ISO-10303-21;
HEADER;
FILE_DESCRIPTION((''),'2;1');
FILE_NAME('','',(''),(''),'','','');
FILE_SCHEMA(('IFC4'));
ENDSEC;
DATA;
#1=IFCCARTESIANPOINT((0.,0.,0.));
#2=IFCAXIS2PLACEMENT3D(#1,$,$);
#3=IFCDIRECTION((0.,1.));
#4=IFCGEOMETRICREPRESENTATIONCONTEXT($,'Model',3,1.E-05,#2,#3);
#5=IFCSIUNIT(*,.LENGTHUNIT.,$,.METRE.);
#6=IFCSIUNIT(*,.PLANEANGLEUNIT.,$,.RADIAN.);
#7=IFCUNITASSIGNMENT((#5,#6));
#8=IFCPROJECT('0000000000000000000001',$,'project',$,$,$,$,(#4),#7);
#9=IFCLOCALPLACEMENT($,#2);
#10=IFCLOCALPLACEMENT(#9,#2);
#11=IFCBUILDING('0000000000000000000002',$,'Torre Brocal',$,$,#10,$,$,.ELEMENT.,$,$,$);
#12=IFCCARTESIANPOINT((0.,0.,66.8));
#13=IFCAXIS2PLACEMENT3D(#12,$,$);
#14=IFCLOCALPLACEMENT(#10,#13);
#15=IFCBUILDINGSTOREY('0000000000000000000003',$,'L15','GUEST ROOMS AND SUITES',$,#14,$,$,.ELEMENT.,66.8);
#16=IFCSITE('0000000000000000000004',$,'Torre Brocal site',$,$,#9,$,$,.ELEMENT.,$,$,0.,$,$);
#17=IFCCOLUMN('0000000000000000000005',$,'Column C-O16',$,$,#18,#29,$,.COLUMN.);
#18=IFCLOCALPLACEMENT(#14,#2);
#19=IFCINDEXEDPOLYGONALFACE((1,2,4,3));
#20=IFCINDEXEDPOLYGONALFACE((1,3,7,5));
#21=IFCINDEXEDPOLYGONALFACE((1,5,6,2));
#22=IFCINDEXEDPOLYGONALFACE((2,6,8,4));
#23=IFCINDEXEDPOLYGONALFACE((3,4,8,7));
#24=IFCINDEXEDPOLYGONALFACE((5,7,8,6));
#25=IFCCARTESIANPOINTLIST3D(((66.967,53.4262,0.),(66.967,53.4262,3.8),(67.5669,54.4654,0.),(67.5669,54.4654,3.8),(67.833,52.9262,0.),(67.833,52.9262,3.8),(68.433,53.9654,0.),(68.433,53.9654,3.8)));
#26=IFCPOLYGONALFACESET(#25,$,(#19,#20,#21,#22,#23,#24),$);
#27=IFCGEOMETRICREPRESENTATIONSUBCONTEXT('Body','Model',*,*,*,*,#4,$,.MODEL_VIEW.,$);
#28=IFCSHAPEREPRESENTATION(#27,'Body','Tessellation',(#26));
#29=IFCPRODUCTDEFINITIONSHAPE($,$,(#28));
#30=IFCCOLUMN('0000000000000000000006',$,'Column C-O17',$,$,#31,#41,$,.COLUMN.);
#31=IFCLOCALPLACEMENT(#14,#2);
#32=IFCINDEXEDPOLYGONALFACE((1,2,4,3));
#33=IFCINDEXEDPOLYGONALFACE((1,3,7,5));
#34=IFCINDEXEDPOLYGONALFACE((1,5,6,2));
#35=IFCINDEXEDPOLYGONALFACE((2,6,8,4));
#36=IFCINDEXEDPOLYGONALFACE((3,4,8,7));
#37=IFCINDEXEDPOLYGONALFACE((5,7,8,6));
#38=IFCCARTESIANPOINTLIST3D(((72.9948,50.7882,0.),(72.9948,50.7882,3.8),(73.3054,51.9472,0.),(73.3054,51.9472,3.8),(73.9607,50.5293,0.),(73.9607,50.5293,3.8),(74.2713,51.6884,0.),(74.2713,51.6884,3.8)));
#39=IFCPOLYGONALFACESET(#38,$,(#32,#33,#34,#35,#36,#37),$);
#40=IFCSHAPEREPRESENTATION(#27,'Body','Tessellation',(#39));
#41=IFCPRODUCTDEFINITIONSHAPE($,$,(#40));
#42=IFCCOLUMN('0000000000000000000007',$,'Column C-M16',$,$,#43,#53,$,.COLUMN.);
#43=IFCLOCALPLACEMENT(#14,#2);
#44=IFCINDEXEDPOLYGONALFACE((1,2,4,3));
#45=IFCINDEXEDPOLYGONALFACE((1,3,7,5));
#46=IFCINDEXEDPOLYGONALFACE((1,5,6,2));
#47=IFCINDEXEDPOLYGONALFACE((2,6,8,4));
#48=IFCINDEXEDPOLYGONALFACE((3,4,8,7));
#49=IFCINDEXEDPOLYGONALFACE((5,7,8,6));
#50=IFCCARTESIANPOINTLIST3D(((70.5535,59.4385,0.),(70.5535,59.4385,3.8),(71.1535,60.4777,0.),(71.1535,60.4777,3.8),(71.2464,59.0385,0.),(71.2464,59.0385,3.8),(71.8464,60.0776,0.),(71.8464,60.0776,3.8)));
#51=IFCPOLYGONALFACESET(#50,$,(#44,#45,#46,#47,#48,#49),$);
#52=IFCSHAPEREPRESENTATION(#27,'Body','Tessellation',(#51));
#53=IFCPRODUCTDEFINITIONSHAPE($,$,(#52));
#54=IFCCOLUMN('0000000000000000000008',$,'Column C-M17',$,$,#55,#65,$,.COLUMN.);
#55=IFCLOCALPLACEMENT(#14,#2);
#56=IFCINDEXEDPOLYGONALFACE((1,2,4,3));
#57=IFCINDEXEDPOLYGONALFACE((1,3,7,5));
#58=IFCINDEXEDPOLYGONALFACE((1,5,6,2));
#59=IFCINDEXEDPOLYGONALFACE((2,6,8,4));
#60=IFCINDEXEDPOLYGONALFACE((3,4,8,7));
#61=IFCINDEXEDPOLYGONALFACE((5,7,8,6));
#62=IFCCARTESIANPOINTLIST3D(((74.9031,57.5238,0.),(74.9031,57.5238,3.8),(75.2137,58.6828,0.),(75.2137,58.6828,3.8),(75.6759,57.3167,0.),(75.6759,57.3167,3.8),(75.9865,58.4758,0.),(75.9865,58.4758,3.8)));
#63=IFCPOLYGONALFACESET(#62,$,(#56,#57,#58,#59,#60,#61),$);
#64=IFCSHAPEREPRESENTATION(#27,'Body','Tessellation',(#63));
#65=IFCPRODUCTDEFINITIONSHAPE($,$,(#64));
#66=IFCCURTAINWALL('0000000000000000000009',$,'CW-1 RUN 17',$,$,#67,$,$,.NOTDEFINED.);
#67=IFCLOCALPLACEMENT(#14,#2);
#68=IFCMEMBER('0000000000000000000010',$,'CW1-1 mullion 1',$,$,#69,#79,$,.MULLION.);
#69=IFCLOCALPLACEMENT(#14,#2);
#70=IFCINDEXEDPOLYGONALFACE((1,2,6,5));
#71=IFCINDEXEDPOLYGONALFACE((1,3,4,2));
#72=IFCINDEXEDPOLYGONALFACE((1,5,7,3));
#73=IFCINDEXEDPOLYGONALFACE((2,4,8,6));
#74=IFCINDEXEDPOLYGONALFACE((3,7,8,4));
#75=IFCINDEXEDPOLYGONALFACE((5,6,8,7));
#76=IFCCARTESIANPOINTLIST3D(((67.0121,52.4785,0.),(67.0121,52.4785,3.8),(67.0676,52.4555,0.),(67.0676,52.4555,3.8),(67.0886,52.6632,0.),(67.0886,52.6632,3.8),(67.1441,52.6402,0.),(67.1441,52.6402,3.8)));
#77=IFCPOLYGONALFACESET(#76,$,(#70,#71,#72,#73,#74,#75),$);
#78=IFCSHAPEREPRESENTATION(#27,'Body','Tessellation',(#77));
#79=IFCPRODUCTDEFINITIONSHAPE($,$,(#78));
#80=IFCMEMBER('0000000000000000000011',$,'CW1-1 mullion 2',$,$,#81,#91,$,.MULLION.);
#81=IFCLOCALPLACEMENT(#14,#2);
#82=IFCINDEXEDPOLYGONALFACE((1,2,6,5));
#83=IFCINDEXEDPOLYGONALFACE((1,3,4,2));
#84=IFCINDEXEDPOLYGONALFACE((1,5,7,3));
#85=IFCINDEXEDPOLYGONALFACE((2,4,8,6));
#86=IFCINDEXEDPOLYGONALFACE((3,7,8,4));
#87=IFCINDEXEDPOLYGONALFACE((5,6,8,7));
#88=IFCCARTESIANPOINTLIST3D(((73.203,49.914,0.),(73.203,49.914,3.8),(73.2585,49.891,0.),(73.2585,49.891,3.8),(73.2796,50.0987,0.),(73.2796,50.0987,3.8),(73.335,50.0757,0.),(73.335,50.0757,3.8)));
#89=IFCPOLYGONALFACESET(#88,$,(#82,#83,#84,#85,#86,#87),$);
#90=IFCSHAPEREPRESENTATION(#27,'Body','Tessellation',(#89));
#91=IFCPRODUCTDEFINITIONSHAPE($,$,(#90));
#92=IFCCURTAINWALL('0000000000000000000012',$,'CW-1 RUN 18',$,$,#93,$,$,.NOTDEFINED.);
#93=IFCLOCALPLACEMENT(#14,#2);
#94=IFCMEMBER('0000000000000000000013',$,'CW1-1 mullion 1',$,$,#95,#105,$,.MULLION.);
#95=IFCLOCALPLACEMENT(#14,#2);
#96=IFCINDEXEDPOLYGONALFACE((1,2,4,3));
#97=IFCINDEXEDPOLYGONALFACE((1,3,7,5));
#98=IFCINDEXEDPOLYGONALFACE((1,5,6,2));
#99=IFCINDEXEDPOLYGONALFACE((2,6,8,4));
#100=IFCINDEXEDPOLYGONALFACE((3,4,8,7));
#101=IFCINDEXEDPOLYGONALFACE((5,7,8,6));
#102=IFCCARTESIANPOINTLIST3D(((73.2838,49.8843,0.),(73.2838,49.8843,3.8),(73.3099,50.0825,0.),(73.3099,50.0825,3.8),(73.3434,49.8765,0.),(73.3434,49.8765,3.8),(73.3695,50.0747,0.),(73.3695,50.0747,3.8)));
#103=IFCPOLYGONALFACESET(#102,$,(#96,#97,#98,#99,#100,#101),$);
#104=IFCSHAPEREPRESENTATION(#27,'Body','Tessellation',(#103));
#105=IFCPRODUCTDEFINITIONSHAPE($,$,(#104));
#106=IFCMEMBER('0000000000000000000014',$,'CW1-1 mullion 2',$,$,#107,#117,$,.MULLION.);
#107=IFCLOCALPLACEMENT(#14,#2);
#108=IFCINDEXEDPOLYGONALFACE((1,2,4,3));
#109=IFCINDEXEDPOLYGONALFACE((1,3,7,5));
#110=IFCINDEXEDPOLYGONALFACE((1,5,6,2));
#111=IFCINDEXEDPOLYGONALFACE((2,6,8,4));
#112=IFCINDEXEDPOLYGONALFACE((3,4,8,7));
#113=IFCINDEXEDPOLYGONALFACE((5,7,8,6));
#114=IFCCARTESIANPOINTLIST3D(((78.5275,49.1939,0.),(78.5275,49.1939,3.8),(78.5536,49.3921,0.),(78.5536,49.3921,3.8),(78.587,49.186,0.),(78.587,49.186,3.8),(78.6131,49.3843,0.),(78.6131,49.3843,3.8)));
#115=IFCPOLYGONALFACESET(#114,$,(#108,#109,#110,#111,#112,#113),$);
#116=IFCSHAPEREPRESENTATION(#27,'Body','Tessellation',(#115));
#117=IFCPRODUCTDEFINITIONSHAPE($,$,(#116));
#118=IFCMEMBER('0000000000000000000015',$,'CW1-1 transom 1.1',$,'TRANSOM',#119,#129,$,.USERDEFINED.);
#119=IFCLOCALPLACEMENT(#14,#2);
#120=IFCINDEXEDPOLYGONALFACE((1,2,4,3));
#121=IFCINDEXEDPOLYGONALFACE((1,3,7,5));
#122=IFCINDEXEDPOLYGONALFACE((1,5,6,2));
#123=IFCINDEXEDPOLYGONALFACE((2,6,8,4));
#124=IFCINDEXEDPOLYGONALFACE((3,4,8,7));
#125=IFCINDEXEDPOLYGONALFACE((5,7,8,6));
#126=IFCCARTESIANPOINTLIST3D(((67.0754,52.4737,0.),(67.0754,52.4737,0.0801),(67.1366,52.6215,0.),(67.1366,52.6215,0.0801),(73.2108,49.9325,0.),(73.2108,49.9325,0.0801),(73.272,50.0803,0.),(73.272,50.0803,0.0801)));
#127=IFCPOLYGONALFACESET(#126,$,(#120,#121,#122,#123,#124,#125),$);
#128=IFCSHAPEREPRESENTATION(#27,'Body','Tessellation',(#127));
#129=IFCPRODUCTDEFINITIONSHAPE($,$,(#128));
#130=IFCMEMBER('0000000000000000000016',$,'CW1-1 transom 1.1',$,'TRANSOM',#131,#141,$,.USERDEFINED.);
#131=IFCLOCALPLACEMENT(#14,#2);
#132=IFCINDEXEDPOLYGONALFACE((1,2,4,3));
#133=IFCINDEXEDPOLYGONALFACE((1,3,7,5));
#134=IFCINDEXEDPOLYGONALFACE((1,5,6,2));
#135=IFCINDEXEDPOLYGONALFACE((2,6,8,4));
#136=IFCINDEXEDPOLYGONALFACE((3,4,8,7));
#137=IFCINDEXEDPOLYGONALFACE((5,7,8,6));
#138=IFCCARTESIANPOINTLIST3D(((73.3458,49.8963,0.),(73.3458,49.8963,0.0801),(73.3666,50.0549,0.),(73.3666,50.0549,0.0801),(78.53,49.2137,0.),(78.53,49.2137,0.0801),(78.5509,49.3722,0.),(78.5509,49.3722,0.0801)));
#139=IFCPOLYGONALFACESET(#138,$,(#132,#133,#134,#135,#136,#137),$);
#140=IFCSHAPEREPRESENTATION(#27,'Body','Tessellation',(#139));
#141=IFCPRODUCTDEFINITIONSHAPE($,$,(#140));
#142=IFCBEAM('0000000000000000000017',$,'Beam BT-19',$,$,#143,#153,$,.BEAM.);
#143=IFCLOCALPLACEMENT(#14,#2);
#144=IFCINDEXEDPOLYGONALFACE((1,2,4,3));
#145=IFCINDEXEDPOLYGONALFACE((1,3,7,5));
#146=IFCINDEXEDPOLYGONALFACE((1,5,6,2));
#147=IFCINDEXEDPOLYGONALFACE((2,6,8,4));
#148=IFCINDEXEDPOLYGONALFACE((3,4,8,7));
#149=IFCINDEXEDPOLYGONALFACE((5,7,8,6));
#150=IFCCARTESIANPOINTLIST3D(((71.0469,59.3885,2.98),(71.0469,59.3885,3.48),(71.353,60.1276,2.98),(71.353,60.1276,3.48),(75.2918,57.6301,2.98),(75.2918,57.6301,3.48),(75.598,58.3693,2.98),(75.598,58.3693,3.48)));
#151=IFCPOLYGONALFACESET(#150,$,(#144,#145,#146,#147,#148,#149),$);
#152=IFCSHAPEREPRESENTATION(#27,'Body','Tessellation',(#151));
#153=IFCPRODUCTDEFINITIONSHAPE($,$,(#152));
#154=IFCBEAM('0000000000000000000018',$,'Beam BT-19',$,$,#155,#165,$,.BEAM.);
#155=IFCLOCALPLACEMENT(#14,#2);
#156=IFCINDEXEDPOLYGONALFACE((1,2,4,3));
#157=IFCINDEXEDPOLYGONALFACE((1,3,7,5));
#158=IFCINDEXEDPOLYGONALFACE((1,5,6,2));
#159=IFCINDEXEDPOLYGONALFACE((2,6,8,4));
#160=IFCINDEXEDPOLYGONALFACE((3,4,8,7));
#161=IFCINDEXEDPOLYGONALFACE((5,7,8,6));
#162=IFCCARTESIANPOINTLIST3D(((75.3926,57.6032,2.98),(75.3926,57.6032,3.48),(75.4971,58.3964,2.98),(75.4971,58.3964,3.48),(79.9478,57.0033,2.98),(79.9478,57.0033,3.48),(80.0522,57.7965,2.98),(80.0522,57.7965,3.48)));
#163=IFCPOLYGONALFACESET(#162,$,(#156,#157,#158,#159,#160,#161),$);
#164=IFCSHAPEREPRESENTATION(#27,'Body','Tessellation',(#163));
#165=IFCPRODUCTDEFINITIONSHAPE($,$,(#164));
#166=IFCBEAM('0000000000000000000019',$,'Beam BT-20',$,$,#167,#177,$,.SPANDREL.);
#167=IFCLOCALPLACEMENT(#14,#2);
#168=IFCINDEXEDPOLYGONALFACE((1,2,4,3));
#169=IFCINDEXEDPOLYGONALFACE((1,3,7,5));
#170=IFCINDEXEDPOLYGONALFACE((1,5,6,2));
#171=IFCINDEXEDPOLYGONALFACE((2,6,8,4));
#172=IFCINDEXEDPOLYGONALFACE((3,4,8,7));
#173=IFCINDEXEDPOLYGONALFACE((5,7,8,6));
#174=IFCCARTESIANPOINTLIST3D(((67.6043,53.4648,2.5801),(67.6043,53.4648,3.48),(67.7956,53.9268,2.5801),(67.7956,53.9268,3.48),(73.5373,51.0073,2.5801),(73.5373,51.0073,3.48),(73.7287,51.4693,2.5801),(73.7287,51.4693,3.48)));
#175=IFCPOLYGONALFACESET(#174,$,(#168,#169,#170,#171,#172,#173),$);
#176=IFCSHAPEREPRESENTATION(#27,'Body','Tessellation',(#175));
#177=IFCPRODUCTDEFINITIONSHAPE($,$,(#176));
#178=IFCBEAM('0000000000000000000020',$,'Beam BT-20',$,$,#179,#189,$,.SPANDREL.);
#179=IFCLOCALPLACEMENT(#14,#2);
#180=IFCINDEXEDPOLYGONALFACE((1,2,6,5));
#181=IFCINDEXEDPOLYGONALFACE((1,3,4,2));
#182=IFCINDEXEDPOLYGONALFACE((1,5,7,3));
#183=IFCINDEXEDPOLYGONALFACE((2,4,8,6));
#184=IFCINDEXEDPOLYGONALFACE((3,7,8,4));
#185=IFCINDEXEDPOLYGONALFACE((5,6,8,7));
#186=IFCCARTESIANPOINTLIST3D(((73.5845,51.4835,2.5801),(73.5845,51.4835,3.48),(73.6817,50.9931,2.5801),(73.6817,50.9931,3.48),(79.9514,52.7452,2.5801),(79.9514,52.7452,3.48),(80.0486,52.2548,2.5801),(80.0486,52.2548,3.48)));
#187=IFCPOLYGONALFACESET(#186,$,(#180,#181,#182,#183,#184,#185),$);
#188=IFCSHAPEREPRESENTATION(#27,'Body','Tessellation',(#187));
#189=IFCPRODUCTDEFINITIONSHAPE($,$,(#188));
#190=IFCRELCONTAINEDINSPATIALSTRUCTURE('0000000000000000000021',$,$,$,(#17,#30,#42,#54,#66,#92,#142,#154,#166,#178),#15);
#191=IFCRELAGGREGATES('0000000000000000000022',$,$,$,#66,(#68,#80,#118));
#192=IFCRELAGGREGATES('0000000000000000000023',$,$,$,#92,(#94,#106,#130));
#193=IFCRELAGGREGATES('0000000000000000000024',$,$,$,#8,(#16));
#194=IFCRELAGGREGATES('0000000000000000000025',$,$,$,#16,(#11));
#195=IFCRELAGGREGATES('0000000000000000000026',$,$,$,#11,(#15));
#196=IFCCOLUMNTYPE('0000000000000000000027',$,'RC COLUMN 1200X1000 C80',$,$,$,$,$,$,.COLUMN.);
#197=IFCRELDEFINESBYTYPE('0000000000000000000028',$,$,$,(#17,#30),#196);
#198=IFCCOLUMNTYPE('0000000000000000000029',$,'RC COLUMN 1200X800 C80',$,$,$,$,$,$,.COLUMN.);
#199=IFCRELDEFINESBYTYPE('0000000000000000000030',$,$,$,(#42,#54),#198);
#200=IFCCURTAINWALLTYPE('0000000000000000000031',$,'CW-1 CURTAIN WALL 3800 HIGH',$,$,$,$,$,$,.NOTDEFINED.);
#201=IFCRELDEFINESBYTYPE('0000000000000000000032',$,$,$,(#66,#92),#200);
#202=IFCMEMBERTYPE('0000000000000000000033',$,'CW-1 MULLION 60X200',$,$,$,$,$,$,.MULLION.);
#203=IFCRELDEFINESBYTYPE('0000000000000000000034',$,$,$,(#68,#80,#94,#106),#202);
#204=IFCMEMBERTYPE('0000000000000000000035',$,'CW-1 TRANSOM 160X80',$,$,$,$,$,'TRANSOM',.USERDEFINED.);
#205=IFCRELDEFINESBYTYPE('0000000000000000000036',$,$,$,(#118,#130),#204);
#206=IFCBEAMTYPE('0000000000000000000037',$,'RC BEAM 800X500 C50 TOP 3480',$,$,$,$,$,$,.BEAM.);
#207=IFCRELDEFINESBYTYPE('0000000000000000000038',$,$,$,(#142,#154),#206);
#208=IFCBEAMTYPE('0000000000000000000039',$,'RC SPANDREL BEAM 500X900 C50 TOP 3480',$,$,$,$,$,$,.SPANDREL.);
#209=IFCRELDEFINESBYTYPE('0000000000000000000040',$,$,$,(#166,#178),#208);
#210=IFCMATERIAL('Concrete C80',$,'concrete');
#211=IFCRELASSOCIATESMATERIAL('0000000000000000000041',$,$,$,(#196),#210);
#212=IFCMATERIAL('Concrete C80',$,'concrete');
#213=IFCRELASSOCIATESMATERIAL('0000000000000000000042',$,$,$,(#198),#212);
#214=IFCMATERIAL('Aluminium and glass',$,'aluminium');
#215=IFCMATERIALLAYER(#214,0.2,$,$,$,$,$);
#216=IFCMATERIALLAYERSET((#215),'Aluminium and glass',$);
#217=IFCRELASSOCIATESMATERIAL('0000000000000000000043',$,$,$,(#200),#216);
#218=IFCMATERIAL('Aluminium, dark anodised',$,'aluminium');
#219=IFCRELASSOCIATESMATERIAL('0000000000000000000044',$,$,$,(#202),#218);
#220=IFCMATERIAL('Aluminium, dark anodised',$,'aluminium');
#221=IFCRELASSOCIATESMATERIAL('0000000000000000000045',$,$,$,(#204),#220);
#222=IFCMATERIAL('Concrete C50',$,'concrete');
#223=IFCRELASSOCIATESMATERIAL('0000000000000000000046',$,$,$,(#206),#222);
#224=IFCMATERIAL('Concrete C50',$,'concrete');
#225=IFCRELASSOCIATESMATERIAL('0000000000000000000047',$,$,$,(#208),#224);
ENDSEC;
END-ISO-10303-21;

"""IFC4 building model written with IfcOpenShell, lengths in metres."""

from ifc_helpers import new_model, si_unit, direction, frame, origin, origin_2d, place, context, subcontext, project, spatial, rectangle, extrude, material, layer, layer_set, material_profile, profile_set, type_object, element, aggregate, save


model = new_model("IFC4")

# Units and contexts
model_context = context("Model", 3, precision=1e-05, world=origin(), true_north=direction((0.0, 1.0)))
body_context = subcontext(model_context, "Body", "Model", "MODEL_VIEW")
ifc_project = project(units=[si_unit("LENGTHUNIT", "METRE"), si_unit("PLANEANGLEUNIT", "RADIAN")], contexts=[model_context])

# Site, building, storey
site_placement = place(None, origin())
site = spatial("IfcSite", under=ifc_project, at=site_placement, Name="Torre Brocal site", CompositionType="ELEMENT", RefElevation=0.0)
building_placement = place(site_placement, origin())
building = spatial("IfcBuilding", under=site, at=building_placement, Name="Torre Brocal", CompositionType="ELEMENT")
storey_placement = place(building_placement, frame((0.0, 0.0, 66.8)))
storey = spatial("IfcBuildingStorey", under=building, at=storey_placement, Name="L15", Description="GUEST ROOMS AND SUITES", CompositionType="ELEMENT", Elevation=66.8)

# Columns
ifc_material_1 = material(Name="Concrete C80", Category="concrete")
ifc_material_profile_1 = material_profile(ifc_material_1, rectangle(XDim=1.2, YDim=1.0, at=origin_2d()), Name="RC 1200X1000")
ifc_profile_set_1 = profile_set([ifc_material_profile_1], Name="Concrete C80")
column_type_1 = type_object("IfcColumnType", Name="RC COLUMN 1200X1000 C80", PredefinedType="COLUMN", material=ifc_profile_set_1)
for number, where, z_axis, x_axis, name in (
    (1, (67.7, 53.6958, 0.0), (0.0, 0.0, 1.0), (-0.5, -0.866025, 0.0), "Column C-O16"),
    (2, (73.6331, 51.2383, 0.0), (0.0, 0.0, 1.0), (-0.258819, -0.965926, 0.0), "Column C-O17"),
):
    element("IfcColumn", number, at=place(storey_placement, frame(where, z_axis=z_axis, x_axis=x_axis)), inside=storey, type_object=column_type_1, Name=name, PredefinedType="COLUMN", context=body_context, shape_type="SweptSolid", body=[
        extrude(rectangle(XDim=1.2, YDim=1.0, at=origin_2d()), origin(), (0.0, 0.0, 1.0), 3.8),
    ])
ifc_material_2 = material(Name="Concrete C80", Category="concrete")
ifc_material_profile_2 = material_profile(ifc_material_2, rectangle(XDim=1.2, YDim=0.8, at=origin_2d()), Name="RC 1200X800")
ifc_profile_set_2 = profile_set([ifc_material_profile_2], Name="Concrete C80")
column_type_2 = type_object("IfcColumnType", Name="RC COLUMN 1200X800 C80", PredefinedType="COLUMN", material=ifc_profile_set_2)
for number, where, z_axis, x_axis, name in (
    (3, (71.2, 59.7581, 0.0), (0.0, 0.0, 1.0), (-0.5, -0.866025, 0.0), "Column C-M16"),
    (4, (75.4448, 57.9998, 0.0), (0.0, 0.0, 1.0), (-0.258819, -0.965926, 0.0), "Column C-M17"),
):
    element("IfcColumn", number, at=place(storey_placement, frame(where, z_axis=z_axis, x_axis=x_axis)), inside=storey, type_object=column_type_2, Name=name, PredefinedType="COLUMN", context=body_context, shape_type="SweptSolid", body=[
        extrude(rectangle(XDim=1.2, YDim=0.8, at=origin_2d()), origin(), (0.0, 0.0, 1.0), 3.8),
    ])

# Curtain walls, members
ifc_material_3 = material(Name="Aluminium and glass", Category="aluminium")
ifc_layer_1 = layer(ifc_material_3, 0.2)
ifc_layer_set_1 = layer_set([ifc_layer_1], Name="Aluminium and glass")
curtain_wall_type = type_object("IfcCurtainWallType", Name="CW-1 CURTAIN WALL 3800 HIGH", PredefinedType="NOTDEFINED", material=ifc_layer_set_1)
curtain_wall_1_placement = place(storey_placement, origin())
curtain_wall_1 = element("IfcCurtainWall", 5, at=curtain_wall_1_placement, inside=storey, type_object=curtain_wall_type, Name="CW-1 RUN 17", PredefinedType="NOTDEFINED")
ifc_material_4 = material(Name="Aluminium, dark anodised", Category="aluminium")
ifc_material_profile_3 = material_profile(ifc_material_4, rectangle(XDim=0.2, YDim=0.0601, at=origin_2d()), Name="CW-1 MULLION 60X200")
ifc_profile_set_3 = profile_set([ifc_material_profile_3], Name="Aluminium, dark anodised")
member_type_1 = type_object("IfcMemberType", Name="CW-1 MULLION 60X200", PredefinedType="MULLION", material=ifc_profile_set_3)
member_1_placement = place(storey_placement, frame((67.0781, 52.5593, 0.0), z_axis=(0.0, 0.0, 1.0), x_axis=(0.382683, 0.92388, 0.0)))
member_1 = element("IfcMember", 6, at=member_1_placement, type_object=member_type_1, Name="CW1-1 mullion 1", PredefinedType="MULLION", context=body_context, shape_type="SweptSolid", body=[
    extrude(rectangle(XDim=0.2, YDim=0.0601, at=origin_2d()), origin(), (0.0, 0.0, 1.0), 3.8),
])
member_2_placement = place(storey_placement, frame((73.269, 49.9949, 0.0), z_axis=(0.0, 0.0, 1.0), x_axis=(0.382683, 0.92388, 0.0)))
member_2 = element("IfcMember", 7, at=member_2_placement, type_object=member_type_1, Name="CW1-1 mullion 2", PredefinedType="MULLION", context=body_context, shape_type="SweptSolid", body=[
    extrude(rectangle(XDim=0.2, YDim=0.0601, at=origin_2d()), origin(), (0.0, 0.0, 1.0), 3.8),
])
curtain_wall_2_placement = place(storey_placement, origin())
curtain_wall_2 = element("IfcCurtainWall", 8, at=curtain_wall_2_placement, inside=storey, type_object=curtain_wall_type, Name="CW-1 RUN 18", PredefinedType="NOTDEFINED")
member_3_placement = place(storey_placement, frame((73.3267, 49.9795, 0.0), z_axis=(0.0, 0.0, 1.0), x_axis=(0.130526, 0.991445, 0.0)))
member_3 = element("IfcMember", 9, at=member_3_placement, type_object=member_type_1, Name="CW1-1 mullion 1", PredefinedType="MULLION", context=body_context, shape_type="SweptSolid", body=[
    extrude(rectangle(XDim=0.2, YDim=0.0601, at=origin_2d()), origin(), (0.0, 0.0, 1.0), 3.8),
])
member_4_placement = place(storey_placement, frame((78.5703, 49.2891, 0.0), z_axis=(0.0, 0.0, 1.0), x_axis=(0.130526, 0.991445, 0.0)))
member_4 = element("IfcMember", 10, at=member_4_placement, type_object=member_type_1, Name="CW1-1 mullion 2", PredefinedType="MULLION", context=body_context, shape_type="SweptSolid", body=[
    extrude(rectangle(XDim=0.2, YDim=0.0601, at=origin_2d()), origin(), (0.0, 0.0, 1.0), 3.8),
])

# Members
ifc_material_5 = material(Name="Aluminium, dark anodised", Category="aluminium")
ifc_material_profile_4 = material_profile(ifc_material_5, rectangle(XDim=0.1599, YDim=0.0801, at=origin_2d()), Name="CW-1 TRANSOM 160X80")
ifc_profile_set_4 = profile_set([ifc_material_profile_4], Name="Aluminium, dark anodised")
member_type_2 = type_object("IfcMemberType", Name="CW-1 TRANSOM 160X80", ElementType="TRANSOM", PredefinedType="USERDEFINED", material=ifc_profile_set_4)
member_5_placement = place(storey_placement, frame((67.106, 52.5476, 0.04), z_axis=(0.923887, -0.382665, 0.0), x_axis=(0.382665, 0.923887, 0.0)))
member_5 = element("IfcMember", 11, at=member_5_placement, type_object=member_type_2, Name="CW1-1 transom 1.1", ObjectType="TRANSOM", PredefinedType="USERDEFINED", context=body_context, shape_type="SweptSolid", body=[
    extrude(rectangle(XDim=0.1599, YDim=0.0801, at=origin_2d()), origin(), (0.0, 0.0, 1.0), 6.6409),
])
member_6_placement = place(storey_placement, frame((73.3562, 49.9756, 0.04), z_axis=(0.991443, -0.130543, 0.0), x_axis=(0.130543, 0.991443, 0.0)))
member_6 = element("IfcMember", 12, at=member_6_placement, type_object=member_type_2, Name="CW1-1 transom 1.1", ObjectType="TRANSOM", PredefinedType="USERDEFINED", context=body_context, shape_type="SweptSolid", body=[
    extrude(rectangle(XDim=0.1599, YDim=0.0801, at=origin_2d()), origin(), (0.0, 0.0, 1.0), 5.229),
])

# Beams
ifc_material_6 = material(Name="Concrete C50", Category="concrete")
ifc_material_profile_5 = material_profile(ifc_material_6, rectangle(XDim=0.8, YDim=0.5, at=origin_2d()), Name="RC 800X500")
ifc_profile_set_5 = profile_set([ifc_material_profile_5], Name="Concrete C50")
beam_type_1 = type_object("IfcBeamType", Name="RC BEAM 800X500 C50 TOP 3480", PredefinedType="BEAM", material=ifc_profile_set_5)
beam_1_placement = place(storey_placement, frame((71.2, 59.7581, 3.23), z_axis=(0.923878, -0.382687, 0.0), x_axis=(0.382687, 0.923878, 0.0)))
element("IfcBeam", 13, at=beam_1_placement, inside=storey, type_object=beam_type_1, Name="Beam BT-19", PredefinedType="BEAM", context=body_context, shape_type="SweptSolid", body=[
    extrude(rectangle(XDim=0.8, YDim=0.5, at=origin_2d()), origin(), (0.0, 0.0, 1.0), 4.5947),
])
beam_2_placement = place(storey_placement, frame((75.4448, 57.9998, 3.23), z_axis=(0.991441, -0.130559, 0.0), x_axis=(0.130559, 0.991441, 0.0)))
element("IfcBeam", 14, at=beam_2_placement, inside=storey, type_object=beam_type_1, Name="Beam BT-19", PredefinedType="BEAM", context=body_context, shape_type="SweptSolid", body=[
    extrude(rectangle(XDim=0.8, YDim=0.5, at=origin_2d()), origin(), (0.0, 0.0, 1.0), 4.5945),
])
ifc_material_7 = material(Name="Concrete C50", Category="concrete")
ifc_material_profile_6 = material_profile(ifc_material_7, rectangle(XDim=0.5, YDim=0.8999, at=origin_2d()), Name="RC 500X900")
ifc_profile_set_6 = profile_set([ifc_material_profile_6], Name="Concrete C50")
beam_type_2 = type_object("IfcBeamType", Name="RC SPANDREL BEAM 500X900 C50 TOP 3480", PredefinedType="SPANDREL", material=ifc_profile_set_6)
beam_3_placement = place(storey_placement, frame((67.7, 53.6958, 3.03), z_axis=(0.923882, -0.382676, 0.0), x_axis=(0.382676, 0.923882, 0.0)))
element("IfcBeam", 15, at=beam_3_placement, inside=storey, type_object=beam_type_2, Name="Beam BT-20", PredefinedType="SPANDREL", context=body_context, shape_type="SweptSolid", body=[
    extrude(rectangle(XDim=0.5, YDim=0.8999, at=origin_2d()), origin(), (0.0, 0.0, 1.0), 6.4219),
])
beam_4_placement = place(storey_placement, frame((73.6331, 51.2383, 3.03), z_axis=(0.980925, 0.194387, 0.0), x_axis=(-0.194387, 0.980925, 0.0)))
element("IfcBeam", 16, at=beam_4_placement, inside=storey, type_object=beam_type_2, Name="Beam BT-20", PredefinedType="SPANDREL", context=body_context, shape_type="SweptSolid", body=[
    extrude(rectangle(XDim=0.5, YDim=0.8999, at=origin_2d()), origin(), (0.0, 0.0, 1.0), 6.4907),
])

aggregate(curtain_wall_1, [member_1, member_2, member_5])
aggregate(curtain_wall_2, [member_3, member_4, member_6])

save(model, "model.ifc")
